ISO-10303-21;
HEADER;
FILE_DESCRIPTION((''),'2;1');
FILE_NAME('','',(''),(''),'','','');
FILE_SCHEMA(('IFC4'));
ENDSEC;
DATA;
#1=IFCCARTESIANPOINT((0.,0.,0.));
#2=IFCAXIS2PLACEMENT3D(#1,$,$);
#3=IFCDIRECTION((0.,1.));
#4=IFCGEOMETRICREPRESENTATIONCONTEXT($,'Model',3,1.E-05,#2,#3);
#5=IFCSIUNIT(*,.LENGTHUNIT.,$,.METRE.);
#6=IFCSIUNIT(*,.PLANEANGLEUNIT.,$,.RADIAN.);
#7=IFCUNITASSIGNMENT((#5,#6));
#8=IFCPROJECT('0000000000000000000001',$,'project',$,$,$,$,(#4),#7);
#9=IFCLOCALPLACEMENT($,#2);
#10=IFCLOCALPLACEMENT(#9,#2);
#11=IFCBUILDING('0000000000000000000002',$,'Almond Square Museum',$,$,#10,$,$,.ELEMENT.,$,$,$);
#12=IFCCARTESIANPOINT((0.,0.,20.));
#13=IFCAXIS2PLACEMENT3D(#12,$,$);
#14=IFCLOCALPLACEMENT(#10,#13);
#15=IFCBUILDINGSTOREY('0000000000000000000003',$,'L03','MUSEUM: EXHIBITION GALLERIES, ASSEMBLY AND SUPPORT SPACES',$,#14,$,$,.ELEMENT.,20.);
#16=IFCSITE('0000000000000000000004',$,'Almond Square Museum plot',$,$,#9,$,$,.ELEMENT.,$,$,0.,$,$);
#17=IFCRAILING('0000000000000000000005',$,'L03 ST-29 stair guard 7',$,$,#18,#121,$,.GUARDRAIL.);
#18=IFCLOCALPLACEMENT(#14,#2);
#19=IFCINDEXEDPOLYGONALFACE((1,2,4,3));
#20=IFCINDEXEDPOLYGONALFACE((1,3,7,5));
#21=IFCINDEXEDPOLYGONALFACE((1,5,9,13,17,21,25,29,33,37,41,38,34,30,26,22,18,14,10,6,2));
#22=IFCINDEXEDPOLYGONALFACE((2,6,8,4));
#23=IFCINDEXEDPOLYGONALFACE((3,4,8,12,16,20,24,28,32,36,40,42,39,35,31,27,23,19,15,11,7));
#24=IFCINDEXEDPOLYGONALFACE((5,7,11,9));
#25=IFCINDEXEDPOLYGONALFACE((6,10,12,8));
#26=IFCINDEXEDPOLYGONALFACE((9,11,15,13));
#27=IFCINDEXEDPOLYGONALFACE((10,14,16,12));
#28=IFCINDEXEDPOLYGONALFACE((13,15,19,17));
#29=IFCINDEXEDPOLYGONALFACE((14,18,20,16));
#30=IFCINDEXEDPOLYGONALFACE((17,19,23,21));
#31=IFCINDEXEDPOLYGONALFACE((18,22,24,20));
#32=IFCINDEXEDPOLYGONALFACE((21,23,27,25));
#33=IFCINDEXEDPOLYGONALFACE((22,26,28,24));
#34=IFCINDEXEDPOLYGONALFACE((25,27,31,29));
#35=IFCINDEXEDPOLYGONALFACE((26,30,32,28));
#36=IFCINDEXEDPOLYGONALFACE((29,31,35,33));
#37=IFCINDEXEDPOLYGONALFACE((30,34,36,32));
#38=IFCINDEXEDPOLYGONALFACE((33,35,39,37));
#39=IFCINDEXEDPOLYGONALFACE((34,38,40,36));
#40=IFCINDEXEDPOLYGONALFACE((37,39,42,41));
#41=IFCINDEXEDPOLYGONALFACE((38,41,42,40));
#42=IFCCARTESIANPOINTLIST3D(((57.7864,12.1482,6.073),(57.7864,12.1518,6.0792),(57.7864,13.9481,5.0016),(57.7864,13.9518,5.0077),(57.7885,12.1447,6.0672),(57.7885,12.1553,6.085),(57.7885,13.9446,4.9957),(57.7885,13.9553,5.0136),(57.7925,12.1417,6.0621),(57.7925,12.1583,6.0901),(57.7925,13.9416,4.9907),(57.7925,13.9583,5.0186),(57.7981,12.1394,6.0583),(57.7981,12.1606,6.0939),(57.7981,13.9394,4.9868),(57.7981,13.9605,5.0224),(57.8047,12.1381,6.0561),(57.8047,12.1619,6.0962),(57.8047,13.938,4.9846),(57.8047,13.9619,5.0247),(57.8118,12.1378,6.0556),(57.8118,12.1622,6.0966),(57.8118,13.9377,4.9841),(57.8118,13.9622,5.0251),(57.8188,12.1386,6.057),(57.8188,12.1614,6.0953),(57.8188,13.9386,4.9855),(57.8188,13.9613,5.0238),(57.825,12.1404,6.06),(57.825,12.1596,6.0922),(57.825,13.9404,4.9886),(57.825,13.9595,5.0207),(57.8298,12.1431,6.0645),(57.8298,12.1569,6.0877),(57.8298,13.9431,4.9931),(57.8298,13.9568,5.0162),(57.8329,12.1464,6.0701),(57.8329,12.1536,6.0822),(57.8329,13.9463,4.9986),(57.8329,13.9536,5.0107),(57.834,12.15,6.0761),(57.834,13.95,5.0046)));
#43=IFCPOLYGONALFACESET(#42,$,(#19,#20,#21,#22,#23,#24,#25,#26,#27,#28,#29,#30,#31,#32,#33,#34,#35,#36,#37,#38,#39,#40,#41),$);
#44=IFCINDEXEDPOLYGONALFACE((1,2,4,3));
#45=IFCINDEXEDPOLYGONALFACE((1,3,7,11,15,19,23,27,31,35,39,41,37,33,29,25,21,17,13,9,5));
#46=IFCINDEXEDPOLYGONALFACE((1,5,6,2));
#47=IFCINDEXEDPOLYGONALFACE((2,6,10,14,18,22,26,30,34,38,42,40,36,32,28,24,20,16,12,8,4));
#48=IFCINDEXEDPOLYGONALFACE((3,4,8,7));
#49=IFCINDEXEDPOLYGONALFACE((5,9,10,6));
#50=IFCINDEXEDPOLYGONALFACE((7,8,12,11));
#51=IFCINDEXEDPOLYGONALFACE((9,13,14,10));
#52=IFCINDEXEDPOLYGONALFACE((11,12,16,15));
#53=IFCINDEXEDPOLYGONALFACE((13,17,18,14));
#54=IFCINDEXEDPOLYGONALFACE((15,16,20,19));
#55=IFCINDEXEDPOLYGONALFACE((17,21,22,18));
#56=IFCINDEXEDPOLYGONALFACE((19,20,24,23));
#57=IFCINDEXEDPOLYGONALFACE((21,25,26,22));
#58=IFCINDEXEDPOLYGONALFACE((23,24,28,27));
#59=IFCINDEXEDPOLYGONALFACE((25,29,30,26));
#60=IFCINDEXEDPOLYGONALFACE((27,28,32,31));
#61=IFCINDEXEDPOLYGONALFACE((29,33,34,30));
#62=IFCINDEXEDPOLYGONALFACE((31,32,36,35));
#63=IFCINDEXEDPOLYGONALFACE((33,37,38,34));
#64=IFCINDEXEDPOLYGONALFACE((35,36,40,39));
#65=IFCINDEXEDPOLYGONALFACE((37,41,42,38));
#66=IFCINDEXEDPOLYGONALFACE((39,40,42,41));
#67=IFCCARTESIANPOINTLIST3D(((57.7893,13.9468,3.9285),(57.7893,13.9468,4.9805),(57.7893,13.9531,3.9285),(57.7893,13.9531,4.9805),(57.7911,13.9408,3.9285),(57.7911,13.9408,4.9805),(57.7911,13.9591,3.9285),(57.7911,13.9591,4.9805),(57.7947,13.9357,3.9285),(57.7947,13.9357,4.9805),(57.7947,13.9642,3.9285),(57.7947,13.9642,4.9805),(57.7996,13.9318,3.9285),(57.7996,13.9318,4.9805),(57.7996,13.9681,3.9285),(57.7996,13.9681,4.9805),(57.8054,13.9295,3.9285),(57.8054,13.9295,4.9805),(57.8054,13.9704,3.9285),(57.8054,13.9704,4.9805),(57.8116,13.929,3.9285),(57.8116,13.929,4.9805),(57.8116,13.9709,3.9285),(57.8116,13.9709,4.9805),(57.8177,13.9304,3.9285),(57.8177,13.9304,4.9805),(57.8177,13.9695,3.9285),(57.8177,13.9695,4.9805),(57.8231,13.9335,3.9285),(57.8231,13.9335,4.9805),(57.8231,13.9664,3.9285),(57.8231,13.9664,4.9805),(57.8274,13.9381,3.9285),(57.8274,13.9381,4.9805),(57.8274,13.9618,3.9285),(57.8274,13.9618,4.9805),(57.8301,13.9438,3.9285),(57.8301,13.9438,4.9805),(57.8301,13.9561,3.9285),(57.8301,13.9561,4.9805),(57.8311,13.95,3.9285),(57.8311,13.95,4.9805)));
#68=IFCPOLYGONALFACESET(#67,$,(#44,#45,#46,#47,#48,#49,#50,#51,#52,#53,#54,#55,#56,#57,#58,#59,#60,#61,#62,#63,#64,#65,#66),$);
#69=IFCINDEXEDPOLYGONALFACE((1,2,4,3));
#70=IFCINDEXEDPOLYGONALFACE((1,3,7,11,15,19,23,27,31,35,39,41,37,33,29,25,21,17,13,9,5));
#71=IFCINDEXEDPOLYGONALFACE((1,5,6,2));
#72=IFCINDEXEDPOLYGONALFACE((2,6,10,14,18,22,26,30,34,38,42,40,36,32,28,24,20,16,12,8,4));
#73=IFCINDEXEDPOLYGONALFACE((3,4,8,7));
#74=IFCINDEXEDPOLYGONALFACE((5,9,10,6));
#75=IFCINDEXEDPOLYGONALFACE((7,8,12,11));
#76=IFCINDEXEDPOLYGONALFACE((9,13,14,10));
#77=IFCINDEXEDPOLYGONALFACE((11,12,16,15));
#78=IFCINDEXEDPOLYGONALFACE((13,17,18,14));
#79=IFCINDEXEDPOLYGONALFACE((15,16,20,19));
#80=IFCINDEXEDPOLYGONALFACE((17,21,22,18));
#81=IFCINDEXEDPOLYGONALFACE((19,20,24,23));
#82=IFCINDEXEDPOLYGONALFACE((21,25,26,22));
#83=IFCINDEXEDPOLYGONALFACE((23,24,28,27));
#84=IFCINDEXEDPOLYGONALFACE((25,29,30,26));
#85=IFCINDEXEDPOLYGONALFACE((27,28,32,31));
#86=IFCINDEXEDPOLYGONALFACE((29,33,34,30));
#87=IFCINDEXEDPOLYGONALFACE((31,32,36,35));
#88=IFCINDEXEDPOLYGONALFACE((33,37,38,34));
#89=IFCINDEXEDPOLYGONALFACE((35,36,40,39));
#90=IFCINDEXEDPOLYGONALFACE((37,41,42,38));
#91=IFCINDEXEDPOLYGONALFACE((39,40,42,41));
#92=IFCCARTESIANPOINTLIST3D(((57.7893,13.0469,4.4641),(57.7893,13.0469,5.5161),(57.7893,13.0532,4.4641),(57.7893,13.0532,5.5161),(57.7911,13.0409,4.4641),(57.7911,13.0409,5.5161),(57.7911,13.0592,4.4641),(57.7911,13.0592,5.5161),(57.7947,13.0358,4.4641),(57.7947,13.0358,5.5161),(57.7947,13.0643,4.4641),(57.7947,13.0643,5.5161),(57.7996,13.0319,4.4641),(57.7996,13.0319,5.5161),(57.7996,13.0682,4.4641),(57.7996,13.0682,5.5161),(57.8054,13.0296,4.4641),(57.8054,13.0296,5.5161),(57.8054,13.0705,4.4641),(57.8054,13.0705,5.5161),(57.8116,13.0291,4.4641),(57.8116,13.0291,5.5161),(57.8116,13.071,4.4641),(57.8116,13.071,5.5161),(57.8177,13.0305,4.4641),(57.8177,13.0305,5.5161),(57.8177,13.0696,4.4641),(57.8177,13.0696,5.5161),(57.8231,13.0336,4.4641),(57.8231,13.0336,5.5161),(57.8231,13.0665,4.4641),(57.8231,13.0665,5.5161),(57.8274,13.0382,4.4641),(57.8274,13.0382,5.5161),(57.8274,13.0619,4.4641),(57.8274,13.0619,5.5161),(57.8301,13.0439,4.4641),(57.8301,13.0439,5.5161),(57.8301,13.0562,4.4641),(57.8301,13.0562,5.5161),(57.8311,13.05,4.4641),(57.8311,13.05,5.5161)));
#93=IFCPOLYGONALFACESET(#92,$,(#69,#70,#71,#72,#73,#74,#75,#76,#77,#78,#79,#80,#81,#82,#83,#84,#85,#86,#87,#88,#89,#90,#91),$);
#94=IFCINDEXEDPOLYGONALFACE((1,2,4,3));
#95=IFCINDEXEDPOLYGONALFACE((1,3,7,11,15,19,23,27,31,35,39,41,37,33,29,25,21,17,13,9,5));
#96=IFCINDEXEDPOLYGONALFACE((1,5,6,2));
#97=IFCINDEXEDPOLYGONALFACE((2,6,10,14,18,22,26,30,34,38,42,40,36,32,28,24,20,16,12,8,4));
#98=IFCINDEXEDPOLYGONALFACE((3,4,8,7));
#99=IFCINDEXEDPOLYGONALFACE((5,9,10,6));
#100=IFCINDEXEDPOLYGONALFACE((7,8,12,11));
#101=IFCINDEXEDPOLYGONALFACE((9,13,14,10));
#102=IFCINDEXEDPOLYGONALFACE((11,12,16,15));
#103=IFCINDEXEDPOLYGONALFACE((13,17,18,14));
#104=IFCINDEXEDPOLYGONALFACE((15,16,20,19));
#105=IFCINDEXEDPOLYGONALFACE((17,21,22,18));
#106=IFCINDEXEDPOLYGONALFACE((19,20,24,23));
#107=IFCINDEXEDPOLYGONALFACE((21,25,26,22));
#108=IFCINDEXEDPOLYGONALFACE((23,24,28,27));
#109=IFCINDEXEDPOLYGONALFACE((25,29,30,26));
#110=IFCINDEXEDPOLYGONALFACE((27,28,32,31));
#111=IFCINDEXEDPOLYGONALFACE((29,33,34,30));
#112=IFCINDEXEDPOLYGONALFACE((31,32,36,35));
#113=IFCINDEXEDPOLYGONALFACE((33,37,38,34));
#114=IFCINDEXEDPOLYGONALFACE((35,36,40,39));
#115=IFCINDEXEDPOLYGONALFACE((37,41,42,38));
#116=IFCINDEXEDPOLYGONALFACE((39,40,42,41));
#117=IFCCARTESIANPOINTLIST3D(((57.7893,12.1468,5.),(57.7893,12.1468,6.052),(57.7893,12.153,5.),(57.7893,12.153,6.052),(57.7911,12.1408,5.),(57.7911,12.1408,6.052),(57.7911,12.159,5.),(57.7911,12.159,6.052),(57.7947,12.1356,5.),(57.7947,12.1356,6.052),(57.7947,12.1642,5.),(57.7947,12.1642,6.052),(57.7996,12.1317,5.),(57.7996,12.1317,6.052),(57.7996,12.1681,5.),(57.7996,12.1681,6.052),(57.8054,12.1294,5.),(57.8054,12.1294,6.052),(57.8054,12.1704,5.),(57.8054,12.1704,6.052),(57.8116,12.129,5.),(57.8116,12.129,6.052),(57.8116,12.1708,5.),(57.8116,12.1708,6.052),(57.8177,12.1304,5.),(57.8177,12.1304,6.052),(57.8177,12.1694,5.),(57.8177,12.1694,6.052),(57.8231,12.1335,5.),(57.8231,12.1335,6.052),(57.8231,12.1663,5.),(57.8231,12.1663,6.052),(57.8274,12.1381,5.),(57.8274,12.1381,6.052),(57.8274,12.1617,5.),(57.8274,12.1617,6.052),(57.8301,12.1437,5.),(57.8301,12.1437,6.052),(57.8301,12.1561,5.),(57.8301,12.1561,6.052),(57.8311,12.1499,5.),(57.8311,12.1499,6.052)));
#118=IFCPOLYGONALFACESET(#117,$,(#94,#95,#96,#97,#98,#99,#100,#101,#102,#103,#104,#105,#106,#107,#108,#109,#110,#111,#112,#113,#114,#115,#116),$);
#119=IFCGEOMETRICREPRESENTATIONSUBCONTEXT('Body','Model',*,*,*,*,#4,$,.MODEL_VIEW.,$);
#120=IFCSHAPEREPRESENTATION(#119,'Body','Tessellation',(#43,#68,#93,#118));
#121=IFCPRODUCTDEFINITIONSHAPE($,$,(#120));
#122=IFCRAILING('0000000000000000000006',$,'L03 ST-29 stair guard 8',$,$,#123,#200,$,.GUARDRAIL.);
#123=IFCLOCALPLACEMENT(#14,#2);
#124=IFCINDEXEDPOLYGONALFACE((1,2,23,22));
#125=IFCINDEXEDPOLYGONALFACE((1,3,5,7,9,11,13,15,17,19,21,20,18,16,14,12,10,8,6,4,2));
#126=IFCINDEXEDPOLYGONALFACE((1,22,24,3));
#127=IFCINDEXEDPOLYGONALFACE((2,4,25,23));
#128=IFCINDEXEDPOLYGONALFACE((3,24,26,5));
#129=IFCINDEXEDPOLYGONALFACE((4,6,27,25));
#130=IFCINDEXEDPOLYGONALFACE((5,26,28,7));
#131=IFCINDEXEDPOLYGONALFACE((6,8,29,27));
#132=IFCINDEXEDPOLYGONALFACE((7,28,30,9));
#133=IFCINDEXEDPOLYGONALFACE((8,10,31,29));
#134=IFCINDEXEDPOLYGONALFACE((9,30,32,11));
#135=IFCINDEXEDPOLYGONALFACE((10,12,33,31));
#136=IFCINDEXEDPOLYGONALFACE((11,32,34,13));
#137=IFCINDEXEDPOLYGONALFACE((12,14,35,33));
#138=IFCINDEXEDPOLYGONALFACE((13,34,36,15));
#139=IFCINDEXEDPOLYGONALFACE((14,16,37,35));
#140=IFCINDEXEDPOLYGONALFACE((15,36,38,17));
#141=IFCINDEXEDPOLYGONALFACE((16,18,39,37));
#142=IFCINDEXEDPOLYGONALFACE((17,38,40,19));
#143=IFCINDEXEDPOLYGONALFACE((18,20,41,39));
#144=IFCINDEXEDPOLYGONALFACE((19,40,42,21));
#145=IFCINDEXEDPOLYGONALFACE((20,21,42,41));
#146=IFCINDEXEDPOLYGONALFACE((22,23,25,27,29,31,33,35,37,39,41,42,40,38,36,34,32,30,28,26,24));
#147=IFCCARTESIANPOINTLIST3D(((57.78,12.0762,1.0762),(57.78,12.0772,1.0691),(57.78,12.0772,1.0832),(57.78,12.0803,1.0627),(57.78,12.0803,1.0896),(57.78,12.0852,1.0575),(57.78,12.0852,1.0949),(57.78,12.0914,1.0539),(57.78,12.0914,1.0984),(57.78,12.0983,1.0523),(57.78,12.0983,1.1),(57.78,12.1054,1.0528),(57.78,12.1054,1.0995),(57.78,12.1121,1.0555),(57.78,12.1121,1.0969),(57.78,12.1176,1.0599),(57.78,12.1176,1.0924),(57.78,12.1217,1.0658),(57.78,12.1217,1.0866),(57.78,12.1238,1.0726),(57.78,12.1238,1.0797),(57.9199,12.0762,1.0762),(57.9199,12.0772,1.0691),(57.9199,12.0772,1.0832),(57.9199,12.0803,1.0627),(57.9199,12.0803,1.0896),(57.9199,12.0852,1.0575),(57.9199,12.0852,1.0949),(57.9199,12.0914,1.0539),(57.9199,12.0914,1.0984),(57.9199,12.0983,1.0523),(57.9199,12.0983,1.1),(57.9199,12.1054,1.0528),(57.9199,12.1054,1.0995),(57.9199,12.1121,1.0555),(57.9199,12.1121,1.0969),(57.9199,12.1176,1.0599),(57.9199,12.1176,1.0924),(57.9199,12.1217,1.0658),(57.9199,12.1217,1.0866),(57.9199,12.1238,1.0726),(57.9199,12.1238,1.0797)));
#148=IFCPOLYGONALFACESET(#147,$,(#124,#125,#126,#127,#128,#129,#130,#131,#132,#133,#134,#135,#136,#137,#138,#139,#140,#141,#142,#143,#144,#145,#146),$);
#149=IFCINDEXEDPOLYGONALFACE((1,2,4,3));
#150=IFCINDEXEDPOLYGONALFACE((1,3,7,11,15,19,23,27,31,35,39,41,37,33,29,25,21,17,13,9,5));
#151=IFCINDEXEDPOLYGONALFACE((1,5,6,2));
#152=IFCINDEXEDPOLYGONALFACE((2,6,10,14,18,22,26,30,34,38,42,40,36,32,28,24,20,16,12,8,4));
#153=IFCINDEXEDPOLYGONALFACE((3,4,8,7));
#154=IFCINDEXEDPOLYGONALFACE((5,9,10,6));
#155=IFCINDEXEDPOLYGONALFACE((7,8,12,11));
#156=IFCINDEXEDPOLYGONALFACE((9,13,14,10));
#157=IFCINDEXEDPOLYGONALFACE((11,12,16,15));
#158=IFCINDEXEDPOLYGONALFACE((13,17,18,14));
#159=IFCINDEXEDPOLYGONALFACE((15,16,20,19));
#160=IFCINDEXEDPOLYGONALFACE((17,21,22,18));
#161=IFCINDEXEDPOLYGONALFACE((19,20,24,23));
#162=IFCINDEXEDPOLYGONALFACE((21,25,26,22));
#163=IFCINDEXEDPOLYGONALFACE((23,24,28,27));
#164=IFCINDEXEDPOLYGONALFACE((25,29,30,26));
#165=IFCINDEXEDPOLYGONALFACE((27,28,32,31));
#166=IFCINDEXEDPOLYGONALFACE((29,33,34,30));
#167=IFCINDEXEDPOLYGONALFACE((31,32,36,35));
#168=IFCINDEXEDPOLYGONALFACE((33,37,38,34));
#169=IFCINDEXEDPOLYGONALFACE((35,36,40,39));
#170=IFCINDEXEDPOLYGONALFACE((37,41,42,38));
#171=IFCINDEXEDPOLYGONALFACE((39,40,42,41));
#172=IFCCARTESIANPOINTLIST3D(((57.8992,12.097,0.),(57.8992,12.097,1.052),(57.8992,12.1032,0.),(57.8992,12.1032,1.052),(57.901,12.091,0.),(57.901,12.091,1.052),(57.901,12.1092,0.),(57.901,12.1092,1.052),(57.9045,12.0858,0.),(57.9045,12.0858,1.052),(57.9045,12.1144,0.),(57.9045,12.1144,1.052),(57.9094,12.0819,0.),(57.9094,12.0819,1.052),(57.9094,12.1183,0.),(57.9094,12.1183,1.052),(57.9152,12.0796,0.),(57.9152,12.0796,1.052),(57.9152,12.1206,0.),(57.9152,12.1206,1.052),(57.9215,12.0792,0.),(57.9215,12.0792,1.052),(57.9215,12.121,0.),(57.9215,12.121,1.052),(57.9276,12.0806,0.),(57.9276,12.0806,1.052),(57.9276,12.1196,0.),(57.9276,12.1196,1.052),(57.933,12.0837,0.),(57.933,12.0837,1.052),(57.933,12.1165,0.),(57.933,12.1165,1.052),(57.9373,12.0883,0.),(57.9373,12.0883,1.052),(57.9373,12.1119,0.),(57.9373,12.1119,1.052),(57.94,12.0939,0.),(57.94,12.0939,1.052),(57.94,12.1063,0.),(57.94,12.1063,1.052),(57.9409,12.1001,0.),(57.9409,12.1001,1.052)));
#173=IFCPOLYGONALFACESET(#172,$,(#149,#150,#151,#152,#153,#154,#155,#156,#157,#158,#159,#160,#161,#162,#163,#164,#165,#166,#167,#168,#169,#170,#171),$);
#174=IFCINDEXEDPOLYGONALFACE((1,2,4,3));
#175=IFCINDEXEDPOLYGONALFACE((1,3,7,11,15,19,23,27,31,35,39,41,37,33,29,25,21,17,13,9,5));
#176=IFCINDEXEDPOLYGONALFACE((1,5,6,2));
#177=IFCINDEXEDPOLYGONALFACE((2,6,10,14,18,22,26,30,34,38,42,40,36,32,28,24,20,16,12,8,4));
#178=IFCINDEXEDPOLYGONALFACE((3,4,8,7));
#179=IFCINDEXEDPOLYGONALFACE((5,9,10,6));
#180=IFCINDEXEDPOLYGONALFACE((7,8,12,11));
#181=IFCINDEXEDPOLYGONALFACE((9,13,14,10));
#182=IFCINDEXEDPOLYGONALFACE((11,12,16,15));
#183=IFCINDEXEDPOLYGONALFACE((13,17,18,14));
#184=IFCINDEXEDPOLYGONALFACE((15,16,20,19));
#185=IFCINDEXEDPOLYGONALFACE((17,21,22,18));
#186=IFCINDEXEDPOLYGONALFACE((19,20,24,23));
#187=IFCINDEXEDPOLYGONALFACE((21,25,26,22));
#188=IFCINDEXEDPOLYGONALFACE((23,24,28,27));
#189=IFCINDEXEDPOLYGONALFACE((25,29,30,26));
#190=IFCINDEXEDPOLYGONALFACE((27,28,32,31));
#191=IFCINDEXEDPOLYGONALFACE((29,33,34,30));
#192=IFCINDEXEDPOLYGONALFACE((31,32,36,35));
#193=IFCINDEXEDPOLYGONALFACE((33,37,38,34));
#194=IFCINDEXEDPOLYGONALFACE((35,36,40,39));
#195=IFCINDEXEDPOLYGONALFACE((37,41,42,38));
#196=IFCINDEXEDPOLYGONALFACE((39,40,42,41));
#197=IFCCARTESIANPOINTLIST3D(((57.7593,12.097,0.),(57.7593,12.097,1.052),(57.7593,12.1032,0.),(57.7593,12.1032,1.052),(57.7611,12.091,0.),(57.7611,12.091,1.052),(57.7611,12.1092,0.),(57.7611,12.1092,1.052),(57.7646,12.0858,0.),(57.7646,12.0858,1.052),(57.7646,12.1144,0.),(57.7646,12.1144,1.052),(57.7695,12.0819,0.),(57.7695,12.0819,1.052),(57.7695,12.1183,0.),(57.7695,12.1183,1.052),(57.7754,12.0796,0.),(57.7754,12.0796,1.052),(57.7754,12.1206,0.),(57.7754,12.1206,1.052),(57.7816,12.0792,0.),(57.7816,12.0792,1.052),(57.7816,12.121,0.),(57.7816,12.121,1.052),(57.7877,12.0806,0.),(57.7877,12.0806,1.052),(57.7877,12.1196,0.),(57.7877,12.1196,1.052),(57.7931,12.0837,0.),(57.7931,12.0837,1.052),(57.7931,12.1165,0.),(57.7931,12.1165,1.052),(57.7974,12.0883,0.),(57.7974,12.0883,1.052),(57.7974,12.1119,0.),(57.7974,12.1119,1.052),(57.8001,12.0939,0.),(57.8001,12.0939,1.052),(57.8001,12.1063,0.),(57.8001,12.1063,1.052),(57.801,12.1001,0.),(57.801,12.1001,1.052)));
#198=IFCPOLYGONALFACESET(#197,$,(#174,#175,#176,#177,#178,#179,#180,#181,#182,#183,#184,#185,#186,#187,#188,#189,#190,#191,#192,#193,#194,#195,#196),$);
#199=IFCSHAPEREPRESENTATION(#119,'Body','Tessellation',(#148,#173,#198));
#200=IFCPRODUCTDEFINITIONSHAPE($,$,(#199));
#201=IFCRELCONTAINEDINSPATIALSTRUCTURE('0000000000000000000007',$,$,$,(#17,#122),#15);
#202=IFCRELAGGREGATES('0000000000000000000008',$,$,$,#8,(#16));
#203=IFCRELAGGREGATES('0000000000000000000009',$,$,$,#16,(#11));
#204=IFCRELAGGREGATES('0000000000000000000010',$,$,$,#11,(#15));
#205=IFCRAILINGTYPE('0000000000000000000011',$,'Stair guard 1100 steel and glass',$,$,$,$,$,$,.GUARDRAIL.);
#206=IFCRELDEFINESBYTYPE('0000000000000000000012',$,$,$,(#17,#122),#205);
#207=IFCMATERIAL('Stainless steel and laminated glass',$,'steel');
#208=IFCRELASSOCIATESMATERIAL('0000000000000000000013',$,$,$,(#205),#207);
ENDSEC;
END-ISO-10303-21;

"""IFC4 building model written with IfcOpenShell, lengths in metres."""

from ifc_helpers import new_model, si_unit, direction, frame, origin, origin_2d, place, context, subcontext, project, spatial, circle, extrude, material, type_object, element, save


model = new_model("IFC4")

# Units and contexts
model_context = context("Model", 3, precision=1e-05, world=origin(), true_north=direction((0.0, 1.0)))
body_context = subcontext(model_context, "Body", "Model", "MODEL_VIEW")
ifc_project = project(units=[si_unit("LENGTHUNIT", "METRE"), si_unit("PLANEANGLEUNIT", "RADIAN")], contexts=[model_context])

# Site, building, storey
site_placement = place(None, origin())
site = spatial("IfcSite", under=ifc_project, at=site_placement, Name="Almond Square Museum plot", CompositionType="ELEMENT", RefElevation=0.0)
building_placement = place(site_placement, origin())
building = spatial("IfcBuilding", under=site, at=building_placement, Name="Almond Square Museum", CompositionType="ELEMENT")
storey_placement = place(building_placement, frame((0.0, 0.0, 20.0)))
storey = spatial("IfcBuildingStorey", under=building, at=storey_placement, Name="L03", Description="MUSEUM: EXHIBITION GALLERIES, ASSEMBLY AND SUPPORT SPACES", CompositionType="ELEMENT", Elevation=20.0)

# Railings
ifc_material_1 = material(Name="Stainless steel and laminated glass", Category="steel")
railing_type_1 = type_object("IfcRailingType", Name="Stair guard 1100 steel and glass", PredefinedType="GUARDRAIL", material=ifc_material_1)
railing_1_placement = place(storey_placement, frame((57.8101, 13.95, 3.9285)))
element("IfcRailing", 1, at=railing_1_placement, inside=storey, type_object=railing_type_1, Name="L03 ST-29 stair guard 7", PredefinedType="GUARDRAIL", context=body_context, shape_type="SweptSolid", body=[
    extrude(circle(Radius=0.0239, at=origin_2d()), frame((0.0, 0.0, 1.0762), z_axis=(0.0, -0.859277, 0.51151), x_axis=(1.0, 0.0, 0.0)), (0.0, 0.0, 1.0), 2.0947),
    extrude(circle(Radius=0.021, at=origin_2d()), origin(), (0.0, 0.0, 1.0), 1.052),
    extrude(circle(Radius=0.021, at=origin_2d()), frame((0.0, -0.8999, 0.5356)), (0.0, 0.0, 1.0), 1.052),
    extrude(circle(Radius=0.021, at=origin_2d()), frame((0.0, -1.8, 1.0715)), (0.0, 0.0, 1.0), 1.052),
])
railing_2_placement = place(storey_placement, frame((57.9199, 12.1001, 0.0)))
element("IfcRailing", 2, at=railing_2_placement, inside=storey, type_object=railing_type_1, Name="L03 ST-29 stair guard 8", PredefinedType="GUARDRAIL", context=body_context, shape_type="SweptSolid", body=[
    extrude(circle(Radius=0.0239, at=origin_2d()), frame((0.0, 0.0, 1.0762), z_axis=(-1.0, 0.0, 0.0), x_axis=(0.0, -1.0, 0.0)), (0.0, 0.0, 1.0), 0.1399),
    extrude(circle(Radius=0.021, at=origin_2d()), origin(), (0.0, 0.0, 1.0), 1.052),
    extrude(circle(Radius=0.021, at=origin_2d()), frame((-0.1399, 0.0, 0.0)), (0.0, 0.0, 1.0), 1.052),
])

save(model, "model.ifc")
